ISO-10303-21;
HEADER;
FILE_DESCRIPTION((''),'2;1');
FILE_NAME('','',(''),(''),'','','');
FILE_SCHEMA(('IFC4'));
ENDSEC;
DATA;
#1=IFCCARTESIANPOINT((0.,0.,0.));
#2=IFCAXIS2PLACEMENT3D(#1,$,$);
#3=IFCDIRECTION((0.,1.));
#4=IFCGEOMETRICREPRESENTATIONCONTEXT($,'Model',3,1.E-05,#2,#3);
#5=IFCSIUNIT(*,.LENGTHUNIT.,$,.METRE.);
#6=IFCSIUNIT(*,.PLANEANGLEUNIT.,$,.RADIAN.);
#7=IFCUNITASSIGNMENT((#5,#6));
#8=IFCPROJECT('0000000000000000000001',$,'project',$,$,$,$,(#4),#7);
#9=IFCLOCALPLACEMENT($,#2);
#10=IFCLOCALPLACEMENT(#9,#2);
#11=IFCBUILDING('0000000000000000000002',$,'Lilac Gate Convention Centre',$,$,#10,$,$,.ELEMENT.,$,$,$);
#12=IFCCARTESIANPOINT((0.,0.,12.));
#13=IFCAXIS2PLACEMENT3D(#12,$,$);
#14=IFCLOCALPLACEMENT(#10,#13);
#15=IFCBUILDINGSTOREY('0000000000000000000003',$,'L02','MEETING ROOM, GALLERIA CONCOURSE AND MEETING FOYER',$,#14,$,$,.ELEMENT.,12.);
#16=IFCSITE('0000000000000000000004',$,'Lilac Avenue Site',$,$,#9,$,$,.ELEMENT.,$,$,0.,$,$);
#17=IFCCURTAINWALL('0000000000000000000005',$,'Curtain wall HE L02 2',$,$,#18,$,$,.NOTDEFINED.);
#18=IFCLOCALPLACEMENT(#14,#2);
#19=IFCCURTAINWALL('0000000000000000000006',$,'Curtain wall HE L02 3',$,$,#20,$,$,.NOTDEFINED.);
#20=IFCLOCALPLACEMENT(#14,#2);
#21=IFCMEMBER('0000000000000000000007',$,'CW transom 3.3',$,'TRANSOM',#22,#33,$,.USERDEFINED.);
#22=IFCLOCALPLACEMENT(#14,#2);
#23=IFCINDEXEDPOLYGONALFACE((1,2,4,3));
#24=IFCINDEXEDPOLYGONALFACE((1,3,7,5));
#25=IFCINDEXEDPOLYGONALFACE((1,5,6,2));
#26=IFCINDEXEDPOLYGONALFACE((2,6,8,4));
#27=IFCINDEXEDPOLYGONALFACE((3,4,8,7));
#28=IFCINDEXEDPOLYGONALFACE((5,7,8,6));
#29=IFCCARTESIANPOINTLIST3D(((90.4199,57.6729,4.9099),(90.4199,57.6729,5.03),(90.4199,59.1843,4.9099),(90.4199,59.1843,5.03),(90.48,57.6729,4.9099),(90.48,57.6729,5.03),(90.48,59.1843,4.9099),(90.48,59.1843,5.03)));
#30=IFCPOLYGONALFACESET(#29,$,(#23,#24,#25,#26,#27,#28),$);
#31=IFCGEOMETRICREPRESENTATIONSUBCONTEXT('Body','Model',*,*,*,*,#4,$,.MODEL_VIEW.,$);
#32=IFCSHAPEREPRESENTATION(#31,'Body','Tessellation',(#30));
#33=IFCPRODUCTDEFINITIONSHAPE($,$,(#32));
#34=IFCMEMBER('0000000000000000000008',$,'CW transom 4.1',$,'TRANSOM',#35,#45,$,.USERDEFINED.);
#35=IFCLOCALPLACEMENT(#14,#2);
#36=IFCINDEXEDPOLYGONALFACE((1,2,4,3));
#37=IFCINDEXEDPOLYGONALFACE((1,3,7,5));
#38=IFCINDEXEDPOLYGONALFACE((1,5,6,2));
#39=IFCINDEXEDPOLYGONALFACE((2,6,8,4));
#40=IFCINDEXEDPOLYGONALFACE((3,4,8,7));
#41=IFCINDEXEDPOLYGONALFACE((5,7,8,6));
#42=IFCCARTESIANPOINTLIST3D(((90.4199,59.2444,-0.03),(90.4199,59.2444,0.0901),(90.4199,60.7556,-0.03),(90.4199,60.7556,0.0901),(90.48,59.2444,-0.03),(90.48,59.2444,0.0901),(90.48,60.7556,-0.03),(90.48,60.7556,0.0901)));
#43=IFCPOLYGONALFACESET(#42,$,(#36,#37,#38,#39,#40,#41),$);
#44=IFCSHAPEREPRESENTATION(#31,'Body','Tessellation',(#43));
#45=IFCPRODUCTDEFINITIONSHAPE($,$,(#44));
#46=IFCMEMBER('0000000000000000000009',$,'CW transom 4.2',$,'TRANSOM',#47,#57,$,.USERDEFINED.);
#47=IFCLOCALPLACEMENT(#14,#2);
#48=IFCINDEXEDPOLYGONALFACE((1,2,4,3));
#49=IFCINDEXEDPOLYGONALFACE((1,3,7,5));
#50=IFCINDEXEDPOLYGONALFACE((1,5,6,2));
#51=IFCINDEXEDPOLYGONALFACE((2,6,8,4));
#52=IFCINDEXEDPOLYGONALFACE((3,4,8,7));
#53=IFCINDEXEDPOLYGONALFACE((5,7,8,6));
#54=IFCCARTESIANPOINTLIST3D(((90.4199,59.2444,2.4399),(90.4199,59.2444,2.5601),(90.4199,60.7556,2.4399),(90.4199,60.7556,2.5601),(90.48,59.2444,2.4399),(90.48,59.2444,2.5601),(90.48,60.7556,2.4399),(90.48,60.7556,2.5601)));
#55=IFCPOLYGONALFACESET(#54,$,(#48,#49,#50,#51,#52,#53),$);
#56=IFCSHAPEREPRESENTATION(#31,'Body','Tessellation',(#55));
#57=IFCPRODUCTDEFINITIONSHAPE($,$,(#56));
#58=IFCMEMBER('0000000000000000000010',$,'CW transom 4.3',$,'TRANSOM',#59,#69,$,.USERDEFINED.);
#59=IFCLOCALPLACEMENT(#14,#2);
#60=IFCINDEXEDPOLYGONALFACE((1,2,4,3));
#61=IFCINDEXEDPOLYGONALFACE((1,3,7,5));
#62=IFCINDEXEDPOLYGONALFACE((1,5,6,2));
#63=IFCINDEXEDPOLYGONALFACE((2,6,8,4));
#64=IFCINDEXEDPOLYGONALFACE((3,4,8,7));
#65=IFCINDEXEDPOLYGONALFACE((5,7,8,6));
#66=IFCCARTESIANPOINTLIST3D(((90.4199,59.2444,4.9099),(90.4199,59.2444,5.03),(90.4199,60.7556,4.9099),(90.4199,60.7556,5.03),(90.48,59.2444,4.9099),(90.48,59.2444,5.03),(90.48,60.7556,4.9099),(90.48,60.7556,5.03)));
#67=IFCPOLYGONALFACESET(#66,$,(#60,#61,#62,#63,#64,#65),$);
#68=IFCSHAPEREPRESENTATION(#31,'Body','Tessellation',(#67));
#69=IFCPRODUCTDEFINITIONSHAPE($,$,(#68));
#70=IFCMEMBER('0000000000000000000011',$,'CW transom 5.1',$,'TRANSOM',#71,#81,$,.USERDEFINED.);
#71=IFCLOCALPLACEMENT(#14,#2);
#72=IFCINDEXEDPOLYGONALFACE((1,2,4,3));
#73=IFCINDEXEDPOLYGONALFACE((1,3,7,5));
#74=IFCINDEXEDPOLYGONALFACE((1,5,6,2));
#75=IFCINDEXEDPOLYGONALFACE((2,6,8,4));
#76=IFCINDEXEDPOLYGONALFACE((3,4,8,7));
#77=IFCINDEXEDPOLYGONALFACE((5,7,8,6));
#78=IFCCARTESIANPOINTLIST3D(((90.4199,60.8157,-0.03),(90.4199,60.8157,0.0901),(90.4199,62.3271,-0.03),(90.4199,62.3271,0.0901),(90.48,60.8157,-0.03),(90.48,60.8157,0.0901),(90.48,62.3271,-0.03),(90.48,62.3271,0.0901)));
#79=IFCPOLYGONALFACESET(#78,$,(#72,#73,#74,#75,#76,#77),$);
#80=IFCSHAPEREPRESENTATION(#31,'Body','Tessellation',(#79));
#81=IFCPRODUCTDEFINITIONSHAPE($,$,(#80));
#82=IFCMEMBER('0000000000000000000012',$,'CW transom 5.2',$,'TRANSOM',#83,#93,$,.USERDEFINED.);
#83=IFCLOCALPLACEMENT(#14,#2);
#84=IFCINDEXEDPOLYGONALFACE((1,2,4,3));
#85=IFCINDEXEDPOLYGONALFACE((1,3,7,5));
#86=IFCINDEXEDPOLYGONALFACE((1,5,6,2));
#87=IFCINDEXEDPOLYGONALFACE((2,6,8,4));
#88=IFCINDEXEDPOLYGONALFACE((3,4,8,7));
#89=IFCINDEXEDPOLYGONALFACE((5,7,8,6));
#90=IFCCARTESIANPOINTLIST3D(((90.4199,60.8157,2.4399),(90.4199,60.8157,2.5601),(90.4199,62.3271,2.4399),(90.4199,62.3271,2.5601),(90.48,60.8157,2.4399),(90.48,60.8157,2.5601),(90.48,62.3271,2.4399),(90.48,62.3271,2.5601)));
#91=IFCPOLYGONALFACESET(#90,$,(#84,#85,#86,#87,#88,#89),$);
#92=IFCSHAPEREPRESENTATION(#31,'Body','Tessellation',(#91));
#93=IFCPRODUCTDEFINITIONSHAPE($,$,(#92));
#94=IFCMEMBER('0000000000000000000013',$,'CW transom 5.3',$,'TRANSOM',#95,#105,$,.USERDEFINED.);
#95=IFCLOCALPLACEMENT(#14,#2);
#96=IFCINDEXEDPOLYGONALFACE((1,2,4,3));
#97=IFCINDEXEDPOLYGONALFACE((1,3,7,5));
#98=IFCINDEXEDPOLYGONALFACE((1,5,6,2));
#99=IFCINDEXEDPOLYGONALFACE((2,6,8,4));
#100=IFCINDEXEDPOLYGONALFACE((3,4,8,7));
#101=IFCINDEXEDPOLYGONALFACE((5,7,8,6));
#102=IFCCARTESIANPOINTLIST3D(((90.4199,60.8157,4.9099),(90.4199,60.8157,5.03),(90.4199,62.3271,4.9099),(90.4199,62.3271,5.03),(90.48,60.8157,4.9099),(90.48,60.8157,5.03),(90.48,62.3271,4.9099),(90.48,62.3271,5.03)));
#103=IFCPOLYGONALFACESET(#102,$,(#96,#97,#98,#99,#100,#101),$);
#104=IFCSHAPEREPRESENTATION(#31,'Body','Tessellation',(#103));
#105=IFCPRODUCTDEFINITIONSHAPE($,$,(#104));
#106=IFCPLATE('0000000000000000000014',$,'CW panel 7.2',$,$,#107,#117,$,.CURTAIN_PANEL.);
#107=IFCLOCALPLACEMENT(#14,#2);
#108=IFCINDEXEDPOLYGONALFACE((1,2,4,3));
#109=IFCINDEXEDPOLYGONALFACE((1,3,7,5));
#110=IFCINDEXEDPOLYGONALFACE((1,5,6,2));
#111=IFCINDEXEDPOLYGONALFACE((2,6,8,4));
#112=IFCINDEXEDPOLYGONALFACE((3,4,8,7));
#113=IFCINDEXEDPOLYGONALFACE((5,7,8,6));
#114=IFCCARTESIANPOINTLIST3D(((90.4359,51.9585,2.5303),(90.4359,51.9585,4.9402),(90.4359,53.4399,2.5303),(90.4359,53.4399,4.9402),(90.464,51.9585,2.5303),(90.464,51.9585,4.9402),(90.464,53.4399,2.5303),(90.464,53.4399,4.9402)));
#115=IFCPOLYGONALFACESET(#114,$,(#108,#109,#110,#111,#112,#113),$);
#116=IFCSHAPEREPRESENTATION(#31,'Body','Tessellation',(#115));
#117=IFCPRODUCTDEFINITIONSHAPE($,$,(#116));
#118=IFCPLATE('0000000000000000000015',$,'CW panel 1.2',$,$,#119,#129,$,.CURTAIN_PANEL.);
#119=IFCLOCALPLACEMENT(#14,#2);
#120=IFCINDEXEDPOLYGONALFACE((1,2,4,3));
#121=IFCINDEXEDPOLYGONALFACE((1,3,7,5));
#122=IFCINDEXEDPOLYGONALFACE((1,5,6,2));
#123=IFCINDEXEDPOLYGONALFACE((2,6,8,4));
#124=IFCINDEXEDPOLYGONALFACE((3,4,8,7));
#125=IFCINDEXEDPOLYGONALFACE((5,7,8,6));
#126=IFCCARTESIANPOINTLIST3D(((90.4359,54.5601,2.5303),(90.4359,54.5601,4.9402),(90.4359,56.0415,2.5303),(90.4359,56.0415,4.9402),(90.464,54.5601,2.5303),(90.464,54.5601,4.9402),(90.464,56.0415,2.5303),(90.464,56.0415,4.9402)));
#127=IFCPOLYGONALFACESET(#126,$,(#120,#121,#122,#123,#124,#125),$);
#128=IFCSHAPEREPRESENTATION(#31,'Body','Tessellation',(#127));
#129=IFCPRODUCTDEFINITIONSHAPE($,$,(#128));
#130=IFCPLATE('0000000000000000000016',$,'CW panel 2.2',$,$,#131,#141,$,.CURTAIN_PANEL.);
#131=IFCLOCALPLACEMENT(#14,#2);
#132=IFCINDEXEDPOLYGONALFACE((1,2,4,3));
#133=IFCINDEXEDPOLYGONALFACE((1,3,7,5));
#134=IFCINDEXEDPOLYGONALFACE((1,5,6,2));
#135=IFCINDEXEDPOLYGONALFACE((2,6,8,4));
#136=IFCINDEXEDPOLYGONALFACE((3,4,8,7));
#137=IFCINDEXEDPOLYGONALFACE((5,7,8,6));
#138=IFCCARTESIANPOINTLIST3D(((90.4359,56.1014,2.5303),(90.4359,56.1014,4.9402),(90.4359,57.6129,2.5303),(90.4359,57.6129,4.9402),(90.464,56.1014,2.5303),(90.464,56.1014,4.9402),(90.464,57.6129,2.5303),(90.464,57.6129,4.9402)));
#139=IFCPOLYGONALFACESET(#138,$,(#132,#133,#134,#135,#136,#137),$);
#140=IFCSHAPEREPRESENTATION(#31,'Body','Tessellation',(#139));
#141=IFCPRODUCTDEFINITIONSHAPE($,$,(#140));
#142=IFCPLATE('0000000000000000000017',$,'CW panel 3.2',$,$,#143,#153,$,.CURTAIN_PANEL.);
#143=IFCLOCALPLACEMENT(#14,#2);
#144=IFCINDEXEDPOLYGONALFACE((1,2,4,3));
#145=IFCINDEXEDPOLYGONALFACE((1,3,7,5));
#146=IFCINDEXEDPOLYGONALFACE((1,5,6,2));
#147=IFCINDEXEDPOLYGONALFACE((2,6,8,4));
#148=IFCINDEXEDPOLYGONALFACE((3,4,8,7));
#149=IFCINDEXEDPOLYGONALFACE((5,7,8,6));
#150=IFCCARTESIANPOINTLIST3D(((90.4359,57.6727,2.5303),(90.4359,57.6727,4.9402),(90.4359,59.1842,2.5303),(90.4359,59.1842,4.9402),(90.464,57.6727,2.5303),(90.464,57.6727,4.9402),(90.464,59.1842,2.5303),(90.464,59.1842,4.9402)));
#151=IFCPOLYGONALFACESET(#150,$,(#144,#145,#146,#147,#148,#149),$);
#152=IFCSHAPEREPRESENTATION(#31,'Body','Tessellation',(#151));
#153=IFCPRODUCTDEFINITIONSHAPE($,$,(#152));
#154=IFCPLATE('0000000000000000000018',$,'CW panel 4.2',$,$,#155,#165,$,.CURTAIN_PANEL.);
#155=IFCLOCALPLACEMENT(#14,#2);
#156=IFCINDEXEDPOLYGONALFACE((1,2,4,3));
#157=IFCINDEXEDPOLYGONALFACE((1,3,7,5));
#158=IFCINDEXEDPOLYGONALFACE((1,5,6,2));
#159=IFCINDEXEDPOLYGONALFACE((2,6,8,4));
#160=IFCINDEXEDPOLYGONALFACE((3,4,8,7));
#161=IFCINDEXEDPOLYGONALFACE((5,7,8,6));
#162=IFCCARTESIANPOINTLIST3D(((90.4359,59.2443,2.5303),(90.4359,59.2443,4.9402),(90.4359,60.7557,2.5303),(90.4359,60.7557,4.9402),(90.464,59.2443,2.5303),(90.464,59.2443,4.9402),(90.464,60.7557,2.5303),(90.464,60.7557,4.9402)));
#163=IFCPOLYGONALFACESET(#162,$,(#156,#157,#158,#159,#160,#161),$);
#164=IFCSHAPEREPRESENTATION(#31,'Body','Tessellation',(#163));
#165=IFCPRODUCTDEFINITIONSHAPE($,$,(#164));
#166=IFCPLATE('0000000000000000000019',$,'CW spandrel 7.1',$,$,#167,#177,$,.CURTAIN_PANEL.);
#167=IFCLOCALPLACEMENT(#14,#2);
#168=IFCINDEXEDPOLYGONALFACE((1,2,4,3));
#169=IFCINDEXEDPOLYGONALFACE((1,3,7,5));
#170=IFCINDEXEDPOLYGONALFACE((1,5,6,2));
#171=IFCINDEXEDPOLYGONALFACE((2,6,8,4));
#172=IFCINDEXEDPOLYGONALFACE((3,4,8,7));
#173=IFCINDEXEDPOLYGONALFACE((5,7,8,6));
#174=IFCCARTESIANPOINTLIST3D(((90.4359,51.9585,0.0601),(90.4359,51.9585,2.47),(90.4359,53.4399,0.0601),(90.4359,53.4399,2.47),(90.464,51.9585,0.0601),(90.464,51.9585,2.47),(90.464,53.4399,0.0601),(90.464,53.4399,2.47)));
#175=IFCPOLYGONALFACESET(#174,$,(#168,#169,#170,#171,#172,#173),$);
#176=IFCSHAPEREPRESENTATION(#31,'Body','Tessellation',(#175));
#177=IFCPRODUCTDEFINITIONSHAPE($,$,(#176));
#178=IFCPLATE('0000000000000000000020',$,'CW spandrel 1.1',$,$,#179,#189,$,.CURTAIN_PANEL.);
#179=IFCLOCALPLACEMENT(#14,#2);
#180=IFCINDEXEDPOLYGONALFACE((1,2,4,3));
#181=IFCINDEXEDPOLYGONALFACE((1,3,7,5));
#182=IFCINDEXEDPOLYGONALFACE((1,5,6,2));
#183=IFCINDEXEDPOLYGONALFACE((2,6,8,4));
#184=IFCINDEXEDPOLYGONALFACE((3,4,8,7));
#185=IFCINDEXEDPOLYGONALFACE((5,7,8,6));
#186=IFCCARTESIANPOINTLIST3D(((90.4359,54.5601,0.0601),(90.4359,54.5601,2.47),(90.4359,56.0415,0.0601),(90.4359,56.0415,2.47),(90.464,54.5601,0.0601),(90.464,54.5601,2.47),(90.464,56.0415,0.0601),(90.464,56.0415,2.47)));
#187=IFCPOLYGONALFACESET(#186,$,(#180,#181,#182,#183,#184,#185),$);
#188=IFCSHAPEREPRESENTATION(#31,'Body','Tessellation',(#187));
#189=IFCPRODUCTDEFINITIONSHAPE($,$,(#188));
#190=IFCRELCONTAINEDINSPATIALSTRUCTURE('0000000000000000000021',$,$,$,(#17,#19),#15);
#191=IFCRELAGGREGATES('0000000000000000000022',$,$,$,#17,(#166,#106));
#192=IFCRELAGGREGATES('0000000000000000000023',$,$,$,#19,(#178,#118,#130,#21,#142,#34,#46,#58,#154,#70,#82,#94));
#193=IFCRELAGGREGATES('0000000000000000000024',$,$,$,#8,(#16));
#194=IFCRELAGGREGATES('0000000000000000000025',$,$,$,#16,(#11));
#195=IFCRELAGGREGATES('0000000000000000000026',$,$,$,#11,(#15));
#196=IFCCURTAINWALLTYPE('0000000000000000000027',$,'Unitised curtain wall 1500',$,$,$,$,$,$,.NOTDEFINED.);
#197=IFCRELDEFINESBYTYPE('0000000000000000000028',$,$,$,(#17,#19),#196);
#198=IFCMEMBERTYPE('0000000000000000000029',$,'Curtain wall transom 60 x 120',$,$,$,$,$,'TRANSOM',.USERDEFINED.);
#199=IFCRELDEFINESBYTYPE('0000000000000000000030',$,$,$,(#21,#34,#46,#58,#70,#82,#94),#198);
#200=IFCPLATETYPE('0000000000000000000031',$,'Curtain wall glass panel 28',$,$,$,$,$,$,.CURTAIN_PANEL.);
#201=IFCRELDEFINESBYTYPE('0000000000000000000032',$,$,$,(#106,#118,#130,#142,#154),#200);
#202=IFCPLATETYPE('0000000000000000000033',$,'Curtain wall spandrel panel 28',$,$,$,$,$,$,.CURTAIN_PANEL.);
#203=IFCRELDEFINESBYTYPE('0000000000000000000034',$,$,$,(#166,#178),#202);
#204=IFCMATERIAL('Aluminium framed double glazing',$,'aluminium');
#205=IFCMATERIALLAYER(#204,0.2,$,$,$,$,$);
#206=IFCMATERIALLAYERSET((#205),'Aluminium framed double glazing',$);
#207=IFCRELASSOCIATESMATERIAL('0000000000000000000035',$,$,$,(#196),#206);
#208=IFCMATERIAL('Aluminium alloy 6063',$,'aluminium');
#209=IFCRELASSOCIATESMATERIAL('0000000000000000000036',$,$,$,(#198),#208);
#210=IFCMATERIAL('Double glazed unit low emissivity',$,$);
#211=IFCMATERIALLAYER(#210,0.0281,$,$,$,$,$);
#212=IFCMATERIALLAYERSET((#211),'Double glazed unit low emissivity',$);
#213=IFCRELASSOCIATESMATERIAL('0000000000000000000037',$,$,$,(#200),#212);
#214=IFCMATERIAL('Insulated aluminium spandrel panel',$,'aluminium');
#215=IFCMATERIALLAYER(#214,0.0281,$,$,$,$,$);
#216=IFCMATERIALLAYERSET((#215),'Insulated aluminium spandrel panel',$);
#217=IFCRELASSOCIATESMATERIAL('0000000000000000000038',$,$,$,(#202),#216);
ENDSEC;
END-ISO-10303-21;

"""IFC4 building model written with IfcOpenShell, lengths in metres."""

from ifc_helpers import new_model, si_unit, direction, frame, origin, origin_2d, place, context, subcontext, project, spatial, rectangle, extrude, material, layer, layer_set, material_profile, profile_set, type_object, element, aggregate, save


model = new_model("IFC4")

# Units and contexts
model_context = context("Model", 3, precision=1e-05, world=origin(), true_north=direction((0.0, 1.0)))
body_context = subcontext(model_context, "Body", "Model", "MODEL_VIEW")
ifc_project = project(units=[si_unit("LENGTHUNIT", "METRE"), si_unit("PLANEANGLEUNIT", "RADIAN")], contexts=[model_context])

# Site, building, storey
site_placement = place(None, origin())
site = spatial("IfcSite", under=ifc_project, at=site_placement, Name="Lilac Avenue Site", CompositionType="ELEMENT", RefElevation=0.0)
building_placement = place(site_placement, origin())
building = spatial("IfcBuilding", under=site, at=building_placement, Name="Lilac Gate Convention Centre", CompositionType="ELEMENT")
storey_placement = place(building_placement, frame((0.0, 0.0, 12.0)))
storey = spatial("IfcBuildingStorey", under=building, at=storey_placement, Name="L02", Description="MEETING ROOM, GALLERIA CONCOURSE AND MEETING FOYER", CompositionType="ELEMENT", Elevation=12.0)

# Curtain wall
ifc_material_1 = material(Name="Aluminium framed double glazing", Category="aluminium")
ifc_layer_1 = layer(ifc_material_1, 0.2)
ifc_layer_set_1 = layer_set([ifc_layer_1], Name="Aluminium framed double glazing")
curtain_wall_type = type_object("IfcCurtainWallType", Name="Unitised curtain wall 1500", PredefinedType="NOTDEFINED", material=ifc_layer_set_1)
curtain_wall_1_placement = place(storey_placement, origin())
curtain_wall_1 = element("IfcCurtainWall", 1, at=curtain_wall_1_placement, inside=storey, type_object=curtain_wall_type, Name="Curtain wall HE L02 2", PredefinedType="NOTDEFINED")
ifc_material_2 = material(Name="Aluminium alloy 6063", Category="aluminium")

# Curtain wall
curtain_wall_2_placement = place(storey_placement, origin())
curtain_wall_2 = element("IfcCurtainWall", 2, at=curtain_wall_2_placement, inside=storey, type_object=curtain_wall_type, Name="Curtain wall HE L02 3", PredefinedType="NOTDEFINED")

# Members
ifc_material_profile_1 = material_profile(ifc_material_2, rectangle(XDim=0.0601, YDim=0.1201, at=origin_2d()), Name="Curtain wall transom 60 x 120")
ifc_profile_set_1 = profile_set([ifc_material_profile_1], Name="Aluminium alloy 6063")
member_type_1 = type_object("IfcMemberType", Name="Curtain wall transom 60 x 120", ElementType="TRANSOM", PredefinedType="USERDEFINED", material=ifc_profile_set_1)
member_1_placement = place(storey_placement, frame((90.45, 57.6729, 4.97), z_axis=(0.0, 1.0, 0.0), x_axis=(-1.0, 0.0, 0.0)))
member_1 = element("IfcMember", 3, at=member_1_placement, type_object=member_type_1, Name="CW transom 3.3", ObjectType="TRANSOM", PredefinedType="USERDEFINED", context=body_context, shape_type="SweptSolid", body=[
    extrude(rectangle(XDim=0.0601, YDim=0.1201, at=origin_2d()), origin(), (0.0, 0.0, 1.0), 1.5115),
])
member_2_placement = place(storey_placement, frame((90.45, 59.2444, 0.03), z_axis=(0.0, 1.0, 0.0), x_axis=(-1.0, 0.0, 0.0)))
member_2 = element("IfcMember", 4, at=member_2_placement, type_object=member_type_1, Name="CW transom 4.1", ObjectType="TRANSOM", PredefinedType="USERDEFINED", context=body_context, shape_type="SweptSolid", body=[
    extrude(rectangle(XDim=0.0601, YDim=0.1201, at=origin_2d()), origin(), (0.0, 0.0, 1.0), 1.5112),
])
member_3_placement = place(storey_placement, frame((90.45, 59.2444, 2.5), z_axis=(0.0, 1.0, 0.0), x_axis=(-1.0, 0.0, 0.0)))
member_3 = element("IfcMember", 5, at=member_3_placement, type_object=member_type_1, Name="CW transom 4.2", ObjectType="TRANSOM", PredefinedType="USERDEFINED", context=body_context, shape_type="SweptSolid", body=[
    extrude(rectangle(XDim=0.0601, YDim=0.1201, at=origin_2d()), origin(), (0.0, 0.0, 1.0), 1.5112),
])
member_4_placement = place(storey_placement, frame((90.45, 59.2444, 4.97), z_axis=(0.0, 1.0, 0.0), x_axis=(-1.0, 0.0, 0.0)))
member_4 = element("IfcMember", 6, at=member_4_placement, type_object=member_type_1, Name="CW transom 4.3", ObjectType="TRANSOM", PredefinedType="USERDEFINED", context=body_context, shape_type="SweptSolid", body=[
    extrude(rectangle(XDim=0.0601, YDim=0.1201, at=origin_2d()), origin(), (0.0, 0.0, 1.0), 1.5112),
])
member_5_placement = place(storey_placement, frame((90.45, 60.8157, 0.03), z_axis=(0.0, 1.0, 0.0), x_axis=(-1.0, 0.0, 0.0)))
member_5 = element("IfcMember", 7, at=member_5_placement, type_object=member_type_1, Name="CW transom 5.1", ObjectType="TRANSOM", PredefinedType="USERDEFINED", context=body_context, shape_type="SweptSolid", body=[
    extrude(rectangle(XDim=0.0601, YDim=0.1201, at=origin_2d()), origin(), (0.0, 0.0, 1.0), 1.5115),
])
member_6_placement = place(storey_placement, frame((90.45, 60.8157, 2.5), z_axis=(0.0, 1.0, 0.0), x_axis=(-1.0, 0.0, 0.0)))
member_6 = element("IfcMember", 8, at=member_6_placement, type_object=member_type_1, Name="CW transom 5.2", ObjectType="TRANSOM", PredefinedType="USERDEFINED", context=body_context, shape_type="SweptSolid", body=[
    extrude(rectangle(XDim=0.0601, YDim=0.1201, at=origin_2d()), origin(), (0.0, 0.0, 1.0), 1.5115),
])
member_7_placement = place(storey_placement, frame((90.45, 60.8157, 4.97), z_axis=(0.0, 1.0, 0.0), x_axis=(-1.0, 0.0, 0.0)))
member_7 = element("IfcMember", 9, at=member_7_placement, type_object=member_type_1, Name="CW transom 5.3", ObjectType="TRANSOM", PredefinedType="USERDEFINED", context=body_context, shape_type="SweptSolid", body=[
    extrude(rectangle(XDim=0.0601, YDim=0.1201, at=origin_2d()), origin(), (0.0, 0.0, 1.0), 1.5115),
])

# Plates
ifc_material_3 = material(Name="Double glazed unit low emissivity")
ifc_layer_2 = layer(ifc_material_3, 0.0281)
ifc_layer_set_2 = layer_set([ifc_layer_2], Name="Double glazed unit low emissivity")
plate_type_1 = type_object("IfcPlateType", Name="Curtain wall glass panel 28", PredefinedType="CURTAIN_PANEL", material=ifc_layer_set_2)
plate_1_placement = place(storey_placement, frame((90.45, 52.6992, 2.5303), z_axis=(0.0, 0.0, 1.0), x_axis=(0.0, 1.0, 0.0)))
plate_1 = element("IfcPlate", 10, at=plate_1_placement, type_object=plate_type_1, Name="CW panel 7.2", PredefinedType="CURTAIN_PANEL", context=body_context, shape_type="SweptSolid", body=[
    extrude(rectangle(XDim=1.4814, YDim=0.0281, at=origin_2d()), origin(), (0.0, 0.0, 1.0), 2.4099),
])
plate_2_placement = place(storey_placement, frame((90.45, 55.3008, 2.5303), z_axis=(0.0, 0.0, 1.0), x_axis=(0.0, 1.0, 0.0)))
plate_2 = element("IfcPlate", 11, at=plate_2_placement, type_object=plate_type_1, Name="CW panel 1.2", PredefinedType="CURTAIN_PANEL", context=body_context, shape_type="SweptSolid", body=[
    extrude(rectangle(XDim=1.4814, YDim=0.0281, at=origin_2d()), origin(), (0.0, 0.0, 1.0), 2.4099),
])
plate_3_placement = place(storey_placement, frame((90.45, 56.8572, 2.5303), z_axis=(0.0, 0.0, 1.0), x_axis=(0.0, 1.0, 0.0)))
plate_3 = element("IfcPlate", 12, at=plate_3_placement, type_object=plate_type_1, Name="CW panel 2.2", PredefinedType="CURTAIN_PANEL", context=body_context, shape_type="SweptSolid", body=[
    extrude(rectangle(XDim=1.5115, YDim=0.0281, at=origin_2d()), origin(), (0.0, 0.0, 1.0), 2.4099),
])
plate_4_placement = place(storey_placement, frame((90.45, 58.4285, 2.5303), z_axis=(0.0, 0.0, 1.0), x_axis=(0.0, 1.0, 0.0)))
plate_4 = element("IfcPlate", 13, at=plate_4_placement, type_object=plate_type_1, Name="CW panel 3.2", PredefinedType="CURTAIN_PANEL", context=body_context, shape_type="SweptSolid", body=[
    extrude(rectangle(XDim=1.5115, YDim=0.0281, at=origin_2d()), origin(), (0.0, 0.0, 1.0), 2.4099),
])
plate_5_placement = place(storey_placement, frame((90.45, 60.0, 2.5303), z_axis=(0.0, 0.0, 1.0), x_axis=(0.0, 1.0, 0.0)))
plate_5 = element("IfcPlate", 14, at=plate_5_placement, type_object=plate_type_1, Name="CW panel 4.2", PredefinedType="CURTAIN_PANEL", context=body_context, shape_type="SweptSolid", body=[
    extrude(rectangle(XDim=1.5115, YDim=0.0281, at=origin_2d()), origin(), (0.0, 0.0, 1.0), 2.4099),
])
ifc_material_4 = material(Name="Insulated aluminium spandrel panel", Category="aluminium")
ifc_layer_3 = layer(ifc_material_4, 0.0281)
ifc_layer_set_3 = layer_set([ifc_layer_3], Name="Insulated aluminium spandrel panel")
plate_type_2 = type_object("IfcPlateType", Name="Curtain wall spandrel panel 28", PredefinedType="CURTAIN_PANEL", material=ifc_layer_set_3)
plate_6_placement = place(storey_placement, frame((90.45, 52.6992, 0.0601), z_axis=(0.0, 0.0, 1.0), x_axis=(0.0, 1.0, 0.0)))
plate_6 = element("IfcPlate", 15, at=plate_6_placement, type_object=plate_type_2, Name="CW spandrel 7.1", PredefinedType="CURTAIN_PANEL", context=body_context, shape_type="SweptSolid", body=[
    extrude(rectangle(XDim=1.4814, YDim=0.0281, at=origin_2d()), origin(), (0.0, 0.0, 1.0), 2.4099),
])
aggregate(curtain_wall_1, [plate_6, plate_1])
plate_7_placement = place(storey_placement, frame((90.45, 55.3008, 0.0601), z_axis=(0.0, 0.0, 1.0), x_axis=(0.0, 1.0, 0.0)))
plate_7 = element("IfcPlate", 16, at=plate_7_placement, type_object=plate_type_2, Name="CW spandrel 1.1", PredefinedType="CURTAIN_PANEL", context=body_context, shape_type="SweptSolid", body=[
    extrude(rectangle(XDim=1.4814, YDim=0.0281, at=origin_2d()), origin(), (0.0, 0.0, 1.0), 2.4099),
])
aggregate(curtain_wall_2, [plate_7, plate_2, plate_3, member_1, plate_4, member_2, member_3, member_4, plate_5, member_5, member_6, member_7])

save(model, "model.ifc")
